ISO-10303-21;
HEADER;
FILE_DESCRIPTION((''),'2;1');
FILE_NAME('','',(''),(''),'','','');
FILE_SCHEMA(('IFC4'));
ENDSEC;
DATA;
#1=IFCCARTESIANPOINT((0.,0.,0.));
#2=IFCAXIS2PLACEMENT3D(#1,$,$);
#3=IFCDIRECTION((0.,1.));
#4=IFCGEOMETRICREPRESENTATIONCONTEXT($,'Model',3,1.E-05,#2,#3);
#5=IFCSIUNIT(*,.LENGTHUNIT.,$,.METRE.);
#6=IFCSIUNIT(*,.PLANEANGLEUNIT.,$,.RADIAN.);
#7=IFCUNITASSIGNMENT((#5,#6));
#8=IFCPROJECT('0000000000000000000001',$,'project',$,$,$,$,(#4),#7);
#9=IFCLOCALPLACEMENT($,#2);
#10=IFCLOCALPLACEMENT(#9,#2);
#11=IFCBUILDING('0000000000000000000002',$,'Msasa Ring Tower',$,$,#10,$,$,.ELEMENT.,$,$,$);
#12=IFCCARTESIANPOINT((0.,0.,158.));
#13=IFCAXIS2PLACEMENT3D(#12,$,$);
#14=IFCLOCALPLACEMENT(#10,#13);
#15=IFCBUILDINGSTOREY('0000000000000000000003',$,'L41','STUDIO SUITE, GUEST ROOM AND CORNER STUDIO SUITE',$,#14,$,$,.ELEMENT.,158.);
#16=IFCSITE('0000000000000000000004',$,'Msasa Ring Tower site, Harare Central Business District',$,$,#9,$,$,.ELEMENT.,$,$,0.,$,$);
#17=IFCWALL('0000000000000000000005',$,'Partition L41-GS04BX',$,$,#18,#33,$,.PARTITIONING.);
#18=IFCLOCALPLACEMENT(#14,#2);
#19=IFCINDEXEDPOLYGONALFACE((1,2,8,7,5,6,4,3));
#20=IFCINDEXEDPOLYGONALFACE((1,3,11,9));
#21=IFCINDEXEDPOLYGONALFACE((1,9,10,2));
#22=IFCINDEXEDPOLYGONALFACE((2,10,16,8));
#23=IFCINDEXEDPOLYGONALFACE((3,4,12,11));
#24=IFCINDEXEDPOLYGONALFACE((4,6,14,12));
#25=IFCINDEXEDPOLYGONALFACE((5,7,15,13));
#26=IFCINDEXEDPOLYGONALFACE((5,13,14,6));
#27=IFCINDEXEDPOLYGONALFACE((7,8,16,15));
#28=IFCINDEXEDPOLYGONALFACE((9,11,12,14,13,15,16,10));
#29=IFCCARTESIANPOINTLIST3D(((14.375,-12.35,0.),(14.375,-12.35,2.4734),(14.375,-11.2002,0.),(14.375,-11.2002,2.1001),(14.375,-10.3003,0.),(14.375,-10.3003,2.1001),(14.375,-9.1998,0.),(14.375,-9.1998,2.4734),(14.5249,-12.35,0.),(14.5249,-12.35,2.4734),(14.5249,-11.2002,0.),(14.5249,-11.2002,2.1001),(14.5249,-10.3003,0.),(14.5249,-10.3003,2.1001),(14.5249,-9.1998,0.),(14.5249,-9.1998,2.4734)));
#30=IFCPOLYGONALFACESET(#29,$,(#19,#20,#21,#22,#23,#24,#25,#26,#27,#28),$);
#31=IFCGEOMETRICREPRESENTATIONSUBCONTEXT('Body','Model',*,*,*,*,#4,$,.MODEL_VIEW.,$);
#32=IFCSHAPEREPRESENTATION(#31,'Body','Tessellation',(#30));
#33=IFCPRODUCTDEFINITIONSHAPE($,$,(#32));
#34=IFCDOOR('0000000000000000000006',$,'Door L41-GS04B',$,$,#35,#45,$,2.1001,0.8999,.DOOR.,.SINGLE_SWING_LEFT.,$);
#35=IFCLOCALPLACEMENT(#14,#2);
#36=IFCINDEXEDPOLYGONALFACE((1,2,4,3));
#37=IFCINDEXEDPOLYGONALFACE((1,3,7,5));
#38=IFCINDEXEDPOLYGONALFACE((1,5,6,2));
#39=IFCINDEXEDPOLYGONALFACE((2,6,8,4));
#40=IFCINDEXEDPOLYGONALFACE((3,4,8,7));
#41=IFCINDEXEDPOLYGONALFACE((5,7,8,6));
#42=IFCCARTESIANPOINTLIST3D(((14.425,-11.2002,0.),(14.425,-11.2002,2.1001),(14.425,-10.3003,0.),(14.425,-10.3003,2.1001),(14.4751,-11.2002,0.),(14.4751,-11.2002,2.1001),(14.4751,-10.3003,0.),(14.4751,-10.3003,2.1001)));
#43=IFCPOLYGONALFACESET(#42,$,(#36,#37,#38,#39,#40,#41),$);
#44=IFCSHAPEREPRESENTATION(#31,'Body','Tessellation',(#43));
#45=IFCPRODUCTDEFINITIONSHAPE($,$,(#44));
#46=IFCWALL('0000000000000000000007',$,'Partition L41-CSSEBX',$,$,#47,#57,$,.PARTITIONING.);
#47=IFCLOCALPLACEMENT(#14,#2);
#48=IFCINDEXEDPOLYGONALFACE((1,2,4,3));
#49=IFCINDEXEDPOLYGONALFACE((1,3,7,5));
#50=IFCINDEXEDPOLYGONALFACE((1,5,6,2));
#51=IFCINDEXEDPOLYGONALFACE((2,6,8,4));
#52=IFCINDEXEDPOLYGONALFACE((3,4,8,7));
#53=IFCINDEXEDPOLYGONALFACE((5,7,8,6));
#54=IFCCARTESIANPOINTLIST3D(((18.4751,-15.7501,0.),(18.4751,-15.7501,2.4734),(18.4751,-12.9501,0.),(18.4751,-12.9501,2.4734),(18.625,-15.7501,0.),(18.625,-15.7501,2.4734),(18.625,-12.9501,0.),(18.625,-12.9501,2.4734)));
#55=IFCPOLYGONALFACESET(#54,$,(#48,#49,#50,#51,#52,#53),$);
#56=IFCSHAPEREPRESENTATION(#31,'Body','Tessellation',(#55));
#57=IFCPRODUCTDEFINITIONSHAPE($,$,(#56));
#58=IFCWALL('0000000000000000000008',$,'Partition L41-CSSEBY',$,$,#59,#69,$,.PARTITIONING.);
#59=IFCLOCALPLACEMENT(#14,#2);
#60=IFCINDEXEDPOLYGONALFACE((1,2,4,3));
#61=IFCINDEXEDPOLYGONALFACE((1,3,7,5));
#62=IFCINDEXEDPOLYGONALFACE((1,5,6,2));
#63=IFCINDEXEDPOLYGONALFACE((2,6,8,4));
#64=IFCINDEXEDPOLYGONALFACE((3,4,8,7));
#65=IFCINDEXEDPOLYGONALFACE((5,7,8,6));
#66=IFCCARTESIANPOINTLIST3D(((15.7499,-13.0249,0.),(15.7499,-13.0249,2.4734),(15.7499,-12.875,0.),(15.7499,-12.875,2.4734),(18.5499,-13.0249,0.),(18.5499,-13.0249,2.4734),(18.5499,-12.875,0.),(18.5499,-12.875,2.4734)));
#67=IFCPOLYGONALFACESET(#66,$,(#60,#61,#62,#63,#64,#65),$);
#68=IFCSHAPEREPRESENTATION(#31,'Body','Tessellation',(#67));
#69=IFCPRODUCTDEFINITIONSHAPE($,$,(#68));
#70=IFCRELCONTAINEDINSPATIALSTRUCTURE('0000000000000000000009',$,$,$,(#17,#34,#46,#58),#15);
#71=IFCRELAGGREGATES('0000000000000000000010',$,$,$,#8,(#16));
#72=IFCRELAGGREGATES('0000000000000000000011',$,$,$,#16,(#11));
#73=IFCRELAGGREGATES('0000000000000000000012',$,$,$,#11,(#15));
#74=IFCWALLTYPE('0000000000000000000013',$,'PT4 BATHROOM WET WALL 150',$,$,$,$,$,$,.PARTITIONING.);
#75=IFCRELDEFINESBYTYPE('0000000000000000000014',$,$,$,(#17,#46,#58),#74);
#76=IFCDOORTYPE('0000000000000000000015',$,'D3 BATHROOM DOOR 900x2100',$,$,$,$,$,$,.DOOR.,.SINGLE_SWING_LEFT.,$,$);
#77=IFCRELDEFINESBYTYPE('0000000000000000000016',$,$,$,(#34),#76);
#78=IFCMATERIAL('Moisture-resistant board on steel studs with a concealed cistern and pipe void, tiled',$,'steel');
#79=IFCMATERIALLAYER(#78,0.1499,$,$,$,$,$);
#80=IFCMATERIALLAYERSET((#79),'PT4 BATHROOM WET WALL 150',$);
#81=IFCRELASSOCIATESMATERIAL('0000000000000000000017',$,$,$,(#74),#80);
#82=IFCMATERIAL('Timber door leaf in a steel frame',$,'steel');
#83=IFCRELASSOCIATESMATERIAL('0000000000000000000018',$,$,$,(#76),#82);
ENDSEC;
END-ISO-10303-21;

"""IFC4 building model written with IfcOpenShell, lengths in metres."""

from ifc_helpers import new_model, si_unit, direction, frame, frame_2d, origin, place, context, subcontext, project, spatial, rectangle, extrude, material, layer, layer_set, type_object, element, fill, save


model = new_model("IFC4")

# Units and contexts
model_context = context("Model", 3, precision=1e-05, world=origin(), true_north=direction((0.0, 1.0)))
body_context = subcontext(model_context, "Body", "Model", "MODEL_VIEW")
ifc_project = project(units=[si_unit("LENGTHUNIT", "METRE"), si_unit("PLANEANGLEUNIT", "RADIAN")], contexts=[model_context])

# Site, building, storey
site_placement = place(None, origin())
site = spatial("IfcSite", under=ifc_project, at=site_placement, Name="Msasa Ring Tower site, Harare Central Business District", CompositionType="ELEMENT", RefElevation=0.0)
building_placement = place(site_placement, origin())
building = spatial("IfcBuilding", under=site, at=building_placement, Name="Msasa Ring Tower", CompositionType="ELEMENT")
storey_placement = place(building_placement, frame((0.0, 0.0, 158.0)))
storey = spatial("IfcBuildingStorey", under=building, at=storey_placement, Name="L41", Description="STUDIO SUITE, GUEST ROOM AND CORNER STUDIO SUITE", CompositionType="ELEMENT", Elevation=158.0)

# Wall, opening, door
ifc_material_1 = material(Name="Moisture-resistant board on steel studs with a concealed cistern and pipe void, tiled", Category="steel")
ifc_layer_1 = layer(ifc_material_1, 0.1499)
ifc_layer_set_1 = layer_set([ifc_layer_1], Name="PT4 BATHROOM WET WALL 150")
wall_type_1 = type_object("IfcWallType", Name="PT4 BATHROOM WET WALL 150", PredefinedType="PARTITIONING", material=ifc_layer_set_1)
wall_1_placement = place(storey_placement, frame((14.45, -12.3501, 0.0), z_axis=(0.0, 0.0, 1.0), x_axis=(0.0, 1.0, 0.0)))
wall_1 = element("IfcWall", 1, at=wall_1_placement, inside=storey, type_object=wall_type_1, Name="Partition L41-GS04BX", PredefinedType="PARTITIONING", context=body_context, shape_type="SweptSolid", body=[
    extrude(rectangle(XDim=3.1501, YDim=0.1499, at=frame_2d((1.5752, 0.0))), origin(), (0.0, 0.0, 1.0), 2.4734),
])
opening_1_placement = place(wall_1_placement, frame((1.1499, 0.0, 0.0)))
opening_1 = element("IfcOpeningElement", 2, at=opening_1_placement, cuts=wall_1, PredefinedType="OPENING", context=body_context, shape_type="SweptSolid", body=[
    extrude(rectangle(XDim=0.8999, YDim=2.1001, at=frame_2d((0.45, 1.05))), frame((0.0, 0.085, 0.0), z_axis=(0.0, -1.0, 0.0), x_axis=(1.0, 0.0, 0.0)), (0.0, 0.0, 1.0), 0.1699),
])
ifc_material_2 = material(Name="Timber door leaf in a steel frame", Category="steel")
door_type_1 = type_object("IfcDoorType", Name="D3 BATHROOM DOOR 900x2100", OperationType="SINGLE_SWING_LEFT", PredefinedType="DOOR", material=ifc_material_2)
door_1_placement = place(opening_1_placement, origin())
door_1 = element("IfcDoor", 3, at=door_1_placement, inside=storey, type_object=door_type_1, Name="Door L41-GS04B", OperationType="SINGLE_SWING_LEFT", OverallHeight=2.1001, OverallWidth=0.8999, PredefinedType="DOOR", context=body_context, shape_type="SweptSolid", body=[
    extrude(rectangle(XDim=0.8999, YDim=2.1001, at=frame_2d((0.45, 1.05))), frame((0.0, 0.0249, 0.0), z_axis=(0.0, -1.0, 0.0), x_axis=(1.0, 0.0, 0.0)), (0.0, 0.0, 1.0), 0.05),
])
fill(opening_1, door_1)

# Walls
for number, where, z_axis, x_axis, name in (
    (4, (18.55, -15.75, 0.0), (0.0, 0.0, 1.0), (0.0, 1.0, 0.0), "Partition L41-CSSEBX"),
    (5, (15.75, -12.95, 0.0), (0.0, 0.0, 1.0), (1.0, 0.0, 0.0), "Partition L41-CSSEBY"),
):
    element("IfcWall", number, at=place(storey_placement, frame(where, z_axis=z_axis, x_axis=x_axis)), inside=storey, type_object=wall_type_1, Name=name, PredefinedType="PARTITIONING", context=body_context, shape_type="SweptSolid", body=[
        extrude(rectangle(XDim=2.8, YDim=0.1499, at=frame_2d((1.3999, 0.0))), origin(), (0.0, 0.0, 1.0), 2.4734),
    ])

save(model, "model.ifc")
